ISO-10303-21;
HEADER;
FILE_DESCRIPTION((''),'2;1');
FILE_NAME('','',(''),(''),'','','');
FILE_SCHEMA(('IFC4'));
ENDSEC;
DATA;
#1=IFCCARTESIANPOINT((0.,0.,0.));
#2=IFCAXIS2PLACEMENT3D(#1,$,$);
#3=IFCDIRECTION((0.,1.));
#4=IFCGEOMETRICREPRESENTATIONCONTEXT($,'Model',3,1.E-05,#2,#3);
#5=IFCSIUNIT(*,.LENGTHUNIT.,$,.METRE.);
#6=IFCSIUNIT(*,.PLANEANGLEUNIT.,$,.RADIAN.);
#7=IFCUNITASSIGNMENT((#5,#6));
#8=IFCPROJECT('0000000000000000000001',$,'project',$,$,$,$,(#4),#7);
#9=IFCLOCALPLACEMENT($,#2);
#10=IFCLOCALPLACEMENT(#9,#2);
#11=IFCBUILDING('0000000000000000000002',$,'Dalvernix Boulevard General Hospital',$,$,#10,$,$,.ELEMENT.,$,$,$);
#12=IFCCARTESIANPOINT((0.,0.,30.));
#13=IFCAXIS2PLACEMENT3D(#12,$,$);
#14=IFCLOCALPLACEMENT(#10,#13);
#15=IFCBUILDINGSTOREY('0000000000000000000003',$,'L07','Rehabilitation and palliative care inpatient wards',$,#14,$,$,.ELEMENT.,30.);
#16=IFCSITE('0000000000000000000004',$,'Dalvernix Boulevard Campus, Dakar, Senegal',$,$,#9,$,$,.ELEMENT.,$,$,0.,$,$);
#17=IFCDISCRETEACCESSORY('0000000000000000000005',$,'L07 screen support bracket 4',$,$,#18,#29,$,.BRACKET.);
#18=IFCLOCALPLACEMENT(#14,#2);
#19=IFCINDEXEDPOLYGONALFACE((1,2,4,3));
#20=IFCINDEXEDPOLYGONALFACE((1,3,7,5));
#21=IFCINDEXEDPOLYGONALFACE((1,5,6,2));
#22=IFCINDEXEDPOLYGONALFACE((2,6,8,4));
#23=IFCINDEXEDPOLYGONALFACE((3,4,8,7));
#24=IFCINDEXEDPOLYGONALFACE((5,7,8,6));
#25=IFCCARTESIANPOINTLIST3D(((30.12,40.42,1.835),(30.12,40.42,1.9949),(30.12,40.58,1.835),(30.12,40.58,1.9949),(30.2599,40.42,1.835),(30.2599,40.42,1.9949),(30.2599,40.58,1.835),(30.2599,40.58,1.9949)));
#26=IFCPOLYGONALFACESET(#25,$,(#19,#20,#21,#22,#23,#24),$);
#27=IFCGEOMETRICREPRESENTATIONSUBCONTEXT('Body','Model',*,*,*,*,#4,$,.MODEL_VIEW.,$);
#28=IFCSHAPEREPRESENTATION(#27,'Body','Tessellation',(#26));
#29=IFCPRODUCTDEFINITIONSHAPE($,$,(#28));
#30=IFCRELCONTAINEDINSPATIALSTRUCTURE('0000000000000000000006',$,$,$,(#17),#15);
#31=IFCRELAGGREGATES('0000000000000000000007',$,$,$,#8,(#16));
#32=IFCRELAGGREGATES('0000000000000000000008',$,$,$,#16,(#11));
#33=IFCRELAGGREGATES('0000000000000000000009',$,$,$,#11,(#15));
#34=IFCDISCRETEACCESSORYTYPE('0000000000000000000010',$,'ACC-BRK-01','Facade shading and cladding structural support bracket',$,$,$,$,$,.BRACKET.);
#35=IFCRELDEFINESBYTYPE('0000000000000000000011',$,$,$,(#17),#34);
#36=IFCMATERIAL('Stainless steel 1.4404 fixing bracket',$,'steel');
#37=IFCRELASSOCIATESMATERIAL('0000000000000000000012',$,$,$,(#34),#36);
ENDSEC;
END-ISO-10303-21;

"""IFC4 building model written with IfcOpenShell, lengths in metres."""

from ifc_helpers import new_model, si_unit, direction, frame, origin, origin_2d, place, context, subcontext, project, spatial, rectangle, extrude, material, type_object, element, save


model = new_model("IFC4")

# Units and contexts
model_context = context("Model", 3, precision=1e-05, world=origin(), true_north=direction((0.0, 1.0)))
body_context = subcontext(model_context, "Body", "Model", "MODEL_VIEW")
ifc_project = project(units=[si_unit("LENGTHUNIT", "METRE"), si_unit("PLANEANGLEUNIT", "RADIAN")], contexts=[model_context])

# Site, building, storey
site_placement = place(None, origin())
site = spatial("IfcSite", under=ifc_project, at=site_placement, Name="Dalvernix Boulevard Campus, Dakar, Senegal", CompositionType="ELEMENT", RefElevation=0.0)
building_placement = place(site_placement, origin())
building = spatial("IfcBuilding", under=site, at=building_placement, Name="Dalvernix Boulevard General Hospital", CompositionType="ELEMENT")
storey_placement = place(building_placement, frame((0.0, 0.0, 30.0)))
storey = spatial("IfcBuildingStorey", under=building, at=storey_placement, Name="L07", Description="Rehabilitation and palliative care inpatient wards", CompositionType="ELEMENT", Elevation=30.0)

# Discrete accessory
ifc_material_1 = material(Name="Stainless steel 1.4404 fixing bracket", Category="steel")
discrete_accessory_type = type_object("IfcDiscreteAccessoryType", Name="ACC-BRK-01", Description="Facade shading and cladding structural support bracket", PredefinedType="BRACKET", material=ifc_material_1)
for number, where, z_axis, x_axis, name in (
    (1, (30.1899, 40.5, 1.835), (0.0, 0.0, 1.0), (0.0, -1.0, 0.0), "L07 screen support bracket 4"),
):
    element("IfcDiscreteAccessory", number, at=place(storey_placement, frame(where, z_axis=z_axis, x_axis=x_axis)), inside=storey, type_object=discrete_accessory_type, Name=name, PredefinedType="BRACKET", context=body_context, shape_type="SweptSolid", body=[
        extrude(rectangle(XDim=0.1599, YDim=0.1399, at=origin_2d()), origin(), (0.0, 0.0, 1.0), 0.1599),
    ])

save(model, "model.ifc")
